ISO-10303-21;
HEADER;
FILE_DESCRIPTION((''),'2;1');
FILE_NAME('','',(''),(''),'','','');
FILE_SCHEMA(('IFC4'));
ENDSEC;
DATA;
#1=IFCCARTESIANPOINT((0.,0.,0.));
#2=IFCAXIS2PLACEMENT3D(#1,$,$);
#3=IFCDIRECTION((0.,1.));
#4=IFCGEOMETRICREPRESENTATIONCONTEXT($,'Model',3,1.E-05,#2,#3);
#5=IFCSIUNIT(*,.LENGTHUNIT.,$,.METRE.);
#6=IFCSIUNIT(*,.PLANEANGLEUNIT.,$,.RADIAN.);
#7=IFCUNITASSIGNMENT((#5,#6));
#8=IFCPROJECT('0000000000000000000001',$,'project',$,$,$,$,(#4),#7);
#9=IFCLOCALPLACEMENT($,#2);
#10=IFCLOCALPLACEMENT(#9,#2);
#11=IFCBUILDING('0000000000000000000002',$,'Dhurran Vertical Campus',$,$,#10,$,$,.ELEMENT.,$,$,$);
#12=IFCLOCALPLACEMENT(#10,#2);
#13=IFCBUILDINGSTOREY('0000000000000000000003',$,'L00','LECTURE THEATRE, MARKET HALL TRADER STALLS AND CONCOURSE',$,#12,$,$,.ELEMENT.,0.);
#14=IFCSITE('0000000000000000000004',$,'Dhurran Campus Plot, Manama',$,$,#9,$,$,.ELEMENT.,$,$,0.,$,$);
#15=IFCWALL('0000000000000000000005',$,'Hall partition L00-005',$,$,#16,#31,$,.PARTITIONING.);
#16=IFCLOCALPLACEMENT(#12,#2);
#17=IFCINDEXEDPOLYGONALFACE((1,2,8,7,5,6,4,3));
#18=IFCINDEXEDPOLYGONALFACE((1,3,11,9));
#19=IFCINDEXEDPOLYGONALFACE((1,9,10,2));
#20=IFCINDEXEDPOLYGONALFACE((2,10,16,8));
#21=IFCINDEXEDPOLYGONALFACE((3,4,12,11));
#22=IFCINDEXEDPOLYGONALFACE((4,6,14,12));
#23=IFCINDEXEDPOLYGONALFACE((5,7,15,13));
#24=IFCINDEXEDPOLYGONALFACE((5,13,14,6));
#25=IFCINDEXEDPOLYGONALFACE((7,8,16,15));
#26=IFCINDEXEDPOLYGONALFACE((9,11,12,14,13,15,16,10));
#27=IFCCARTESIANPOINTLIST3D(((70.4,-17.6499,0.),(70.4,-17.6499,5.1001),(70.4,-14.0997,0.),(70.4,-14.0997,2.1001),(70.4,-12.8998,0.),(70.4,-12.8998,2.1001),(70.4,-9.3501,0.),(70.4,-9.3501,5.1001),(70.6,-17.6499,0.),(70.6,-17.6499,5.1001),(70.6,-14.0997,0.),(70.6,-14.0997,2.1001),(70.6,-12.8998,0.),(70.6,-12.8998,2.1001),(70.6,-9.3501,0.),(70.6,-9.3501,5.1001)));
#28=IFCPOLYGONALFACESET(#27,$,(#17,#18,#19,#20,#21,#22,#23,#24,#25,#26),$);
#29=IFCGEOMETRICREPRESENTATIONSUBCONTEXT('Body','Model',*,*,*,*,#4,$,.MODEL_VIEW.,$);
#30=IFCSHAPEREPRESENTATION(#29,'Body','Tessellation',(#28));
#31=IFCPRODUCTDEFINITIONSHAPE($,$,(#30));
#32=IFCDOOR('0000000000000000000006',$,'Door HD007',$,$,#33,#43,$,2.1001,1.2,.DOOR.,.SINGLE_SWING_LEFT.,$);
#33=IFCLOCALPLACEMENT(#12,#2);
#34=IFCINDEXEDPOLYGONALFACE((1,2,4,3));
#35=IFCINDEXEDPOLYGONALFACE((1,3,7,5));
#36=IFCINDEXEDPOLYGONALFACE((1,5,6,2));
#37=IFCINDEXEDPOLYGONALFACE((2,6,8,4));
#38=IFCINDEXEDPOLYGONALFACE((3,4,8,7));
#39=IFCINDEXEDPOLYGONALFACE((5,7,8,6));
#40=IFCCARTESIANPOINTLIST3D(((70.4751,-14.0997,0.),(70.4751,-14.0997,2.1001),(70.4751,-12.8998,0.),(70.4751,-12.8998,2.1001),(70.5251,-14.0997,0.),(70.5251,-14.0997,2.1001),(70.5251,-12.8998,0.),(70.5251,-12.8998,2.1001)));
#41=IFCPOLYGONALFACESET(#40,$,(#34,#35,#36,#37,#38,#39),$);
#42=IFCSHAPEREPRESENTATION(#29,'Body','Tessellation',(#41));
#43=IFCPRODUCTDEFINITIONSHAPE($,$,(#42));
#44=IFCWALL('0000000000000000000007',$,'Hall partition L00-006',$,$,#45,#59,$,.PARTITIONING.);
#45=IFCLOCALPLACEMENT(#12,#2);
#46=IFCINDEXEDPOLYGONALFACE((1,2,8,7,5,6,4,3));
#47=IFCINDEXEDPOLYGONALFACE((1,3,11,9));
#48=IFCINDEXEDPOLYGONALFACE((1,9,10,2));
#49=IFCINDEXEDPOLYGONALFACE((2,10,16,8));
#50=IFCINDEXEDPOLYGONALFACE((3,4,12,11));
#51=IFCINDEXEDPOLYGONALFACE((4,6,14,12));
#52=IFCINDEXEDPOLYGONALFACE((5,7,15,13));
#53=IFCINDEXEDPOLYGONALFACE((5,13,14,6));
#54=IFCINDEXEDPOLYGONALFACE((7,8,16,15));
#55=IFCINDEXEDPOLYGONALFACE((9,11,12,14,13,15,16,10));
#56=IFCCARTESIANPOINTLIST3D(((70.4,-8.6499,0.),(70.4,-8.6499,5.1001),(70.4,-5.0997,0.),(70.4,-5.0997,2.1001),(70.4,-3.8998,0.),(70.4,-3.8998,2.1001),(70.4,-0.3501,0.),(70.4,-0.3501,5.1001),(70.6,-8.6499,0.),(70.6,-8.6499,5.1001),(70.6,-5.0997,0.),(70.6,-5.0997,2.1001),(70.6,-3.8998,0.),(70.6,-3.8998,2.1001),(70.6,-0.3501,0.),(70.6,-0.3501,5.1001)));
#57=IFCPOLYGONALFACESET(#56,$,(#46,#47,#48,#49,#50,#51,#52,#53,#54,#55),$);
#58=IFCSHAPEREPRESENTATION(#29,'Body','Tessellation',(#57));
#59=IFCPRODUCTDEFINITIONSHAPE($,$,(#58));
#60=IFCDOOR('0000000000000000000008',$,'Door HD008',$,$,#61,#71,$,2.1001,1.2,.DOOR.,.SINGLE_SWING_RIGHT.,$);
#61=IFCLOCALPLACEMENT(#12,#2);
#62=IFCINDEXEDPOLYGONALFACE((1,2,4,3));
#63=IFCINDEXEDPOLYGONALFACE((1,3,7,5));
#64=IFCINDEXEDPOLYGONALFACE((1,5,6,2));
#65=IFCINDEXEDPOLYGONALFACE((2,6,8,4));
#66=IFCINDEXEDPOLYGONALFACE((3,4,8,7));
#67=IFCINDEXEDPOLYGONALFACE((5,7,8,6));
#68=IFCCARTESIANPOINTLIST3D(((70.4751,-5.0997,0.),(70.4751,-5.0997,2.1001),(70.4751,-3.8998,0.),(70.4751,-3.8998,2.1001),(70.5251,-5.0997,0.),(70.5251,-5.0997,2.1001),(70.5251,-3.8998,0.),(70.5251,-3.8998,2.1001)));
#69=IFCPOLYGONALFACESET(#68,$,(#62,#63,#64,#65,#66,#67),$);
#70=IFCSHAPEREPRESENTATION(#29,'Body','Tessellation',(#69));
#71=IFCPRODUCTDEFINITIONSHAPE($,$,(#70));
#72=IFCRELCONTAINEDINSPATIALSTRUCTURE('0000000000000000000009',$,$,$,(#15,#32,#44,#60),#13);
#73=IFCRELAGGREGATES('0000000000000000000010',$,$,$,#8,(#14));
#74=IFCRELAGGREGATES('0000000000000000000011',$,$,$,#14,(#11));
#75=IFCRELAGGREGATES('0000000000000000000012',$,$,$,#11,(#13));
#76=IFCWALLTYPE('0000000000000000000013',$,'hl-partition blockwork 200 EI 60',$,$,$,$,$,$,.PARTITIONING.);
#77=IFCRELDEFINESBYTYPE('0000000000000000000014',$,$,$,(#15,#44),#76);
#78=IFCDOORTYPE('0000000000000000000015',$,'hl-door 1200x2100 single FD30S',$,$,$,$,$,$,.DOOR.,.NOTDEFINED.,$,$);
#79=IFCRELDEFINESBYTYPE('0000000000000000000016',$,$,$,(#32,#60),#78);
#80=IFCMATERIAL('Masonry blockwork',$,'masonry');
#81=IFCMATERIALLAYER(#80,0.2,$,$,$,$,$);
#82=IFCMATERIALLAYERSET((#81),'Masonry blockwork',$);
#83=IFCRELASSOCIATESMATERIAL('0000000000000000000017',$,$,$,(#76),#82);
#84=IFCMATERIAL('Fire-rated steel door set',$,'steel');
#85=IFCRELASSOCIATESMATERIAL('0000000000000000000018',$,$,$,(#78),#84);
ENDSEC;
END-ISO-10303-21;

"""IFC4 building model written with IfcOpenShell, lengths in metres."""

from ifc_helpers import new_model, si_unit, direction, frame, frame_2d, origin, place, context, subcontext, project, spatial, rectangle, extrude, material, layer, layer_set, type_object, element, fill, save


model = new_model("IFC4")

# Units and contexts
model_context = context("Model", 3, precision=1e-05, world=origin(), true_north=direction((0.0, 1.0)))
body_context = subcontext(model_context, "Body", "Model", "MODEL_VIEW")
ifc_project = project(units=[si_unit("LENGTHUNIT", "METRE"), si_unit("PLANEANGLEUNIT", "RADIAN")], contexts=[model_context])

# Site, building, storey
site_placement = place(None, origin())
site = spatial("IfcSite", under=ifc_project, at=site_placement, Name="Dhurran Campus Plot, Manama", CompositionType="ELEMENT", RefElevation=0.0)
building_placement = place(site_placement, origin())
building = spatial("IfcBuilding", under=site, at=building_placement, Name="Dhurran Vertical Campus", CompositionType="ELEMENT")
storey_placement = place(building_placement, origin())
storey = spatial("IfcBuildingStorey", under=building, at=storey_placement, Name="L00", Description="LECTURE THEATRE, MARKET HALL TRADER STALLS AND CONCOURSE", CompositionType="ELEMENT", Elevation=0.0)

# Walls, openings, doors
ifc_material_1 = material(Name="Masonry blockwork", Category="masonry")
ifc_layer = layer(ifc_material_1, 0.2)
ifc_layer_set = layer_set([ifc_layer], Name="Masonry blockwork")
wall_type = type_object("IfcWallType", Name="hl-partition blockwork 200 EI 60", PredefinedType="PARTITIONING", material=ifc_layer_set)
wall_1_placement = place(storey_placement, frame((70.5, -17.6499, 0.0), z_axis=(0.0, 0.0, 1.0), x_axis=(0.0, 1.0, 0.0)))
wall_1 = element("IfcWall", 1, at=wall_1_placement, inside=storey, type_object=wall_type, Name="Hall partition L00-005", PredefinedType="PARTITIONING", context=body_context, shape_type="SweptSolid", body=[
    extrude(rectangle(XDim=8.2998, YDim=0.2, at=frame_2d((4.1499, 0.0))), origin(), (0.0, 0.0, 1.0), 5.1001),
])
opening_1_placement = place(wall_1_placement, frame((3.55, 0.0, 0.0)))
opening_1 = element("IfcOpeningElement", 2, at=opening_1_placement, cuts=wall_1, PredefinedType="OPENING", context=body_context, shape_type="SweptSolid", body=[
    extrude(rectangle(XDim=1.2, YDim=2.1001, at=frame_2d((0.6001, 1.05))), frame((0.0, 0.1099, 0.0), z_axis=(0.0, -1.0, 0.0), x_axis=(1.0, 0.0, 0.0)), (0.0, 0.0, 1.0), 0.22),
])
ifc_material_2 = material(Name="Fire-rated steel door set", Category="steel")
door_type = type_object("IfcDoorType", Name="hl-door 1200x2100 single FD30S", OperationType="NOTDEFINED", PredefinedType="DOOR", material=ifc_material_2)
door_1_placement = place(opening_1_placement, origin())
door_1 = element("IfcDoor", 3, at=door_1_placement, inside=storey, type_object=door_type, Name="Door HD007", OperationType="SINGLE_SWING_LEFT", OverallHeight=2.1001, OverallWidth=1.2, PredefinedType="DOOR", context=body_context, shape_type="SweptSolid", body=[
    extrude(rectangle(XDim=1.2, YDim=2.1001, at=frame_2d((0.6001, 1.05))), frame((0.0, 0.0249, 0.0), z_axis=(0.0, -1.0, 0.0), x_axis=(1.0, 0.0, 0.0)), (0.0, 0.0, 1.0), 0.05),
])
fill(opening_1, door_1)
wall_2_placement = place(storey_placement, frame((70.5, -8.6499, 0.0), z_axis=(0.0, 0.0, 1.0), x_axis=(0.0, 1.0, 0.0)))
wall_2 = element("IfcWall", 4, at=wall_2_placement, inside=storey, type_object=wall_type, Name="Hall partition L00-006", PredefinedType="PARTITIONING", context=body_context, shape_type="SweptSolid", body=[
    extrude(rectangle(XDim=8.2998, YDim=0.2, at=frame_2d((4.1499, 0.0))), origin(), (0.0, 0.0, 1.0), 5.1001),
])
opening_2_placement = place(wall_2_placement, frame((3.55, 0.0, 0.0)))
opening_2 = element("IfcOpeningElement", 5, at=opening_2_placement, cuts=wall_2, PredefinedType="OPENING", context=body_context, shape_type="SweptSolid", body=[
    extrude(rectangle(XDim=1.2, YDim=2.1001, at=frame_2d((0.6001, 1.05))), frame((0.0, 0.1099, 0.0), z_axis=(0.0, -1.0, 0.0), x_axis=(1.0, 0.0, 0.0)), (0.0, 0.0, 1.0), 0.22),
])
door_2_placement = place(opening_2_placement, origin())
door_2 = element("IfcDoor", 6, at=door_2_placement, inside=storey, type_object=door_type, Name="Door HD008", OperationType="SINGLE_SWING_RIGHT", OverallHeight=2.1001, OverallWidth=1.2, PredefinedType="DOOR", context=body_context, shape_type="SweptSolid", body=[
    extrude(rectangle(XDim=1.2, YDim=2.1001, at=frame_2d((0.6001, 1.05))), frame((0.0, 0.0249, 0.0), z_axis=(0.0, -1.0, 0.0), x_axis=(1.0, 0.0, 0.0)), (0.0, 0.0, 1.0), 0.05),
])
fill(opening_2, door_2)

save(model, "model.ifc")
